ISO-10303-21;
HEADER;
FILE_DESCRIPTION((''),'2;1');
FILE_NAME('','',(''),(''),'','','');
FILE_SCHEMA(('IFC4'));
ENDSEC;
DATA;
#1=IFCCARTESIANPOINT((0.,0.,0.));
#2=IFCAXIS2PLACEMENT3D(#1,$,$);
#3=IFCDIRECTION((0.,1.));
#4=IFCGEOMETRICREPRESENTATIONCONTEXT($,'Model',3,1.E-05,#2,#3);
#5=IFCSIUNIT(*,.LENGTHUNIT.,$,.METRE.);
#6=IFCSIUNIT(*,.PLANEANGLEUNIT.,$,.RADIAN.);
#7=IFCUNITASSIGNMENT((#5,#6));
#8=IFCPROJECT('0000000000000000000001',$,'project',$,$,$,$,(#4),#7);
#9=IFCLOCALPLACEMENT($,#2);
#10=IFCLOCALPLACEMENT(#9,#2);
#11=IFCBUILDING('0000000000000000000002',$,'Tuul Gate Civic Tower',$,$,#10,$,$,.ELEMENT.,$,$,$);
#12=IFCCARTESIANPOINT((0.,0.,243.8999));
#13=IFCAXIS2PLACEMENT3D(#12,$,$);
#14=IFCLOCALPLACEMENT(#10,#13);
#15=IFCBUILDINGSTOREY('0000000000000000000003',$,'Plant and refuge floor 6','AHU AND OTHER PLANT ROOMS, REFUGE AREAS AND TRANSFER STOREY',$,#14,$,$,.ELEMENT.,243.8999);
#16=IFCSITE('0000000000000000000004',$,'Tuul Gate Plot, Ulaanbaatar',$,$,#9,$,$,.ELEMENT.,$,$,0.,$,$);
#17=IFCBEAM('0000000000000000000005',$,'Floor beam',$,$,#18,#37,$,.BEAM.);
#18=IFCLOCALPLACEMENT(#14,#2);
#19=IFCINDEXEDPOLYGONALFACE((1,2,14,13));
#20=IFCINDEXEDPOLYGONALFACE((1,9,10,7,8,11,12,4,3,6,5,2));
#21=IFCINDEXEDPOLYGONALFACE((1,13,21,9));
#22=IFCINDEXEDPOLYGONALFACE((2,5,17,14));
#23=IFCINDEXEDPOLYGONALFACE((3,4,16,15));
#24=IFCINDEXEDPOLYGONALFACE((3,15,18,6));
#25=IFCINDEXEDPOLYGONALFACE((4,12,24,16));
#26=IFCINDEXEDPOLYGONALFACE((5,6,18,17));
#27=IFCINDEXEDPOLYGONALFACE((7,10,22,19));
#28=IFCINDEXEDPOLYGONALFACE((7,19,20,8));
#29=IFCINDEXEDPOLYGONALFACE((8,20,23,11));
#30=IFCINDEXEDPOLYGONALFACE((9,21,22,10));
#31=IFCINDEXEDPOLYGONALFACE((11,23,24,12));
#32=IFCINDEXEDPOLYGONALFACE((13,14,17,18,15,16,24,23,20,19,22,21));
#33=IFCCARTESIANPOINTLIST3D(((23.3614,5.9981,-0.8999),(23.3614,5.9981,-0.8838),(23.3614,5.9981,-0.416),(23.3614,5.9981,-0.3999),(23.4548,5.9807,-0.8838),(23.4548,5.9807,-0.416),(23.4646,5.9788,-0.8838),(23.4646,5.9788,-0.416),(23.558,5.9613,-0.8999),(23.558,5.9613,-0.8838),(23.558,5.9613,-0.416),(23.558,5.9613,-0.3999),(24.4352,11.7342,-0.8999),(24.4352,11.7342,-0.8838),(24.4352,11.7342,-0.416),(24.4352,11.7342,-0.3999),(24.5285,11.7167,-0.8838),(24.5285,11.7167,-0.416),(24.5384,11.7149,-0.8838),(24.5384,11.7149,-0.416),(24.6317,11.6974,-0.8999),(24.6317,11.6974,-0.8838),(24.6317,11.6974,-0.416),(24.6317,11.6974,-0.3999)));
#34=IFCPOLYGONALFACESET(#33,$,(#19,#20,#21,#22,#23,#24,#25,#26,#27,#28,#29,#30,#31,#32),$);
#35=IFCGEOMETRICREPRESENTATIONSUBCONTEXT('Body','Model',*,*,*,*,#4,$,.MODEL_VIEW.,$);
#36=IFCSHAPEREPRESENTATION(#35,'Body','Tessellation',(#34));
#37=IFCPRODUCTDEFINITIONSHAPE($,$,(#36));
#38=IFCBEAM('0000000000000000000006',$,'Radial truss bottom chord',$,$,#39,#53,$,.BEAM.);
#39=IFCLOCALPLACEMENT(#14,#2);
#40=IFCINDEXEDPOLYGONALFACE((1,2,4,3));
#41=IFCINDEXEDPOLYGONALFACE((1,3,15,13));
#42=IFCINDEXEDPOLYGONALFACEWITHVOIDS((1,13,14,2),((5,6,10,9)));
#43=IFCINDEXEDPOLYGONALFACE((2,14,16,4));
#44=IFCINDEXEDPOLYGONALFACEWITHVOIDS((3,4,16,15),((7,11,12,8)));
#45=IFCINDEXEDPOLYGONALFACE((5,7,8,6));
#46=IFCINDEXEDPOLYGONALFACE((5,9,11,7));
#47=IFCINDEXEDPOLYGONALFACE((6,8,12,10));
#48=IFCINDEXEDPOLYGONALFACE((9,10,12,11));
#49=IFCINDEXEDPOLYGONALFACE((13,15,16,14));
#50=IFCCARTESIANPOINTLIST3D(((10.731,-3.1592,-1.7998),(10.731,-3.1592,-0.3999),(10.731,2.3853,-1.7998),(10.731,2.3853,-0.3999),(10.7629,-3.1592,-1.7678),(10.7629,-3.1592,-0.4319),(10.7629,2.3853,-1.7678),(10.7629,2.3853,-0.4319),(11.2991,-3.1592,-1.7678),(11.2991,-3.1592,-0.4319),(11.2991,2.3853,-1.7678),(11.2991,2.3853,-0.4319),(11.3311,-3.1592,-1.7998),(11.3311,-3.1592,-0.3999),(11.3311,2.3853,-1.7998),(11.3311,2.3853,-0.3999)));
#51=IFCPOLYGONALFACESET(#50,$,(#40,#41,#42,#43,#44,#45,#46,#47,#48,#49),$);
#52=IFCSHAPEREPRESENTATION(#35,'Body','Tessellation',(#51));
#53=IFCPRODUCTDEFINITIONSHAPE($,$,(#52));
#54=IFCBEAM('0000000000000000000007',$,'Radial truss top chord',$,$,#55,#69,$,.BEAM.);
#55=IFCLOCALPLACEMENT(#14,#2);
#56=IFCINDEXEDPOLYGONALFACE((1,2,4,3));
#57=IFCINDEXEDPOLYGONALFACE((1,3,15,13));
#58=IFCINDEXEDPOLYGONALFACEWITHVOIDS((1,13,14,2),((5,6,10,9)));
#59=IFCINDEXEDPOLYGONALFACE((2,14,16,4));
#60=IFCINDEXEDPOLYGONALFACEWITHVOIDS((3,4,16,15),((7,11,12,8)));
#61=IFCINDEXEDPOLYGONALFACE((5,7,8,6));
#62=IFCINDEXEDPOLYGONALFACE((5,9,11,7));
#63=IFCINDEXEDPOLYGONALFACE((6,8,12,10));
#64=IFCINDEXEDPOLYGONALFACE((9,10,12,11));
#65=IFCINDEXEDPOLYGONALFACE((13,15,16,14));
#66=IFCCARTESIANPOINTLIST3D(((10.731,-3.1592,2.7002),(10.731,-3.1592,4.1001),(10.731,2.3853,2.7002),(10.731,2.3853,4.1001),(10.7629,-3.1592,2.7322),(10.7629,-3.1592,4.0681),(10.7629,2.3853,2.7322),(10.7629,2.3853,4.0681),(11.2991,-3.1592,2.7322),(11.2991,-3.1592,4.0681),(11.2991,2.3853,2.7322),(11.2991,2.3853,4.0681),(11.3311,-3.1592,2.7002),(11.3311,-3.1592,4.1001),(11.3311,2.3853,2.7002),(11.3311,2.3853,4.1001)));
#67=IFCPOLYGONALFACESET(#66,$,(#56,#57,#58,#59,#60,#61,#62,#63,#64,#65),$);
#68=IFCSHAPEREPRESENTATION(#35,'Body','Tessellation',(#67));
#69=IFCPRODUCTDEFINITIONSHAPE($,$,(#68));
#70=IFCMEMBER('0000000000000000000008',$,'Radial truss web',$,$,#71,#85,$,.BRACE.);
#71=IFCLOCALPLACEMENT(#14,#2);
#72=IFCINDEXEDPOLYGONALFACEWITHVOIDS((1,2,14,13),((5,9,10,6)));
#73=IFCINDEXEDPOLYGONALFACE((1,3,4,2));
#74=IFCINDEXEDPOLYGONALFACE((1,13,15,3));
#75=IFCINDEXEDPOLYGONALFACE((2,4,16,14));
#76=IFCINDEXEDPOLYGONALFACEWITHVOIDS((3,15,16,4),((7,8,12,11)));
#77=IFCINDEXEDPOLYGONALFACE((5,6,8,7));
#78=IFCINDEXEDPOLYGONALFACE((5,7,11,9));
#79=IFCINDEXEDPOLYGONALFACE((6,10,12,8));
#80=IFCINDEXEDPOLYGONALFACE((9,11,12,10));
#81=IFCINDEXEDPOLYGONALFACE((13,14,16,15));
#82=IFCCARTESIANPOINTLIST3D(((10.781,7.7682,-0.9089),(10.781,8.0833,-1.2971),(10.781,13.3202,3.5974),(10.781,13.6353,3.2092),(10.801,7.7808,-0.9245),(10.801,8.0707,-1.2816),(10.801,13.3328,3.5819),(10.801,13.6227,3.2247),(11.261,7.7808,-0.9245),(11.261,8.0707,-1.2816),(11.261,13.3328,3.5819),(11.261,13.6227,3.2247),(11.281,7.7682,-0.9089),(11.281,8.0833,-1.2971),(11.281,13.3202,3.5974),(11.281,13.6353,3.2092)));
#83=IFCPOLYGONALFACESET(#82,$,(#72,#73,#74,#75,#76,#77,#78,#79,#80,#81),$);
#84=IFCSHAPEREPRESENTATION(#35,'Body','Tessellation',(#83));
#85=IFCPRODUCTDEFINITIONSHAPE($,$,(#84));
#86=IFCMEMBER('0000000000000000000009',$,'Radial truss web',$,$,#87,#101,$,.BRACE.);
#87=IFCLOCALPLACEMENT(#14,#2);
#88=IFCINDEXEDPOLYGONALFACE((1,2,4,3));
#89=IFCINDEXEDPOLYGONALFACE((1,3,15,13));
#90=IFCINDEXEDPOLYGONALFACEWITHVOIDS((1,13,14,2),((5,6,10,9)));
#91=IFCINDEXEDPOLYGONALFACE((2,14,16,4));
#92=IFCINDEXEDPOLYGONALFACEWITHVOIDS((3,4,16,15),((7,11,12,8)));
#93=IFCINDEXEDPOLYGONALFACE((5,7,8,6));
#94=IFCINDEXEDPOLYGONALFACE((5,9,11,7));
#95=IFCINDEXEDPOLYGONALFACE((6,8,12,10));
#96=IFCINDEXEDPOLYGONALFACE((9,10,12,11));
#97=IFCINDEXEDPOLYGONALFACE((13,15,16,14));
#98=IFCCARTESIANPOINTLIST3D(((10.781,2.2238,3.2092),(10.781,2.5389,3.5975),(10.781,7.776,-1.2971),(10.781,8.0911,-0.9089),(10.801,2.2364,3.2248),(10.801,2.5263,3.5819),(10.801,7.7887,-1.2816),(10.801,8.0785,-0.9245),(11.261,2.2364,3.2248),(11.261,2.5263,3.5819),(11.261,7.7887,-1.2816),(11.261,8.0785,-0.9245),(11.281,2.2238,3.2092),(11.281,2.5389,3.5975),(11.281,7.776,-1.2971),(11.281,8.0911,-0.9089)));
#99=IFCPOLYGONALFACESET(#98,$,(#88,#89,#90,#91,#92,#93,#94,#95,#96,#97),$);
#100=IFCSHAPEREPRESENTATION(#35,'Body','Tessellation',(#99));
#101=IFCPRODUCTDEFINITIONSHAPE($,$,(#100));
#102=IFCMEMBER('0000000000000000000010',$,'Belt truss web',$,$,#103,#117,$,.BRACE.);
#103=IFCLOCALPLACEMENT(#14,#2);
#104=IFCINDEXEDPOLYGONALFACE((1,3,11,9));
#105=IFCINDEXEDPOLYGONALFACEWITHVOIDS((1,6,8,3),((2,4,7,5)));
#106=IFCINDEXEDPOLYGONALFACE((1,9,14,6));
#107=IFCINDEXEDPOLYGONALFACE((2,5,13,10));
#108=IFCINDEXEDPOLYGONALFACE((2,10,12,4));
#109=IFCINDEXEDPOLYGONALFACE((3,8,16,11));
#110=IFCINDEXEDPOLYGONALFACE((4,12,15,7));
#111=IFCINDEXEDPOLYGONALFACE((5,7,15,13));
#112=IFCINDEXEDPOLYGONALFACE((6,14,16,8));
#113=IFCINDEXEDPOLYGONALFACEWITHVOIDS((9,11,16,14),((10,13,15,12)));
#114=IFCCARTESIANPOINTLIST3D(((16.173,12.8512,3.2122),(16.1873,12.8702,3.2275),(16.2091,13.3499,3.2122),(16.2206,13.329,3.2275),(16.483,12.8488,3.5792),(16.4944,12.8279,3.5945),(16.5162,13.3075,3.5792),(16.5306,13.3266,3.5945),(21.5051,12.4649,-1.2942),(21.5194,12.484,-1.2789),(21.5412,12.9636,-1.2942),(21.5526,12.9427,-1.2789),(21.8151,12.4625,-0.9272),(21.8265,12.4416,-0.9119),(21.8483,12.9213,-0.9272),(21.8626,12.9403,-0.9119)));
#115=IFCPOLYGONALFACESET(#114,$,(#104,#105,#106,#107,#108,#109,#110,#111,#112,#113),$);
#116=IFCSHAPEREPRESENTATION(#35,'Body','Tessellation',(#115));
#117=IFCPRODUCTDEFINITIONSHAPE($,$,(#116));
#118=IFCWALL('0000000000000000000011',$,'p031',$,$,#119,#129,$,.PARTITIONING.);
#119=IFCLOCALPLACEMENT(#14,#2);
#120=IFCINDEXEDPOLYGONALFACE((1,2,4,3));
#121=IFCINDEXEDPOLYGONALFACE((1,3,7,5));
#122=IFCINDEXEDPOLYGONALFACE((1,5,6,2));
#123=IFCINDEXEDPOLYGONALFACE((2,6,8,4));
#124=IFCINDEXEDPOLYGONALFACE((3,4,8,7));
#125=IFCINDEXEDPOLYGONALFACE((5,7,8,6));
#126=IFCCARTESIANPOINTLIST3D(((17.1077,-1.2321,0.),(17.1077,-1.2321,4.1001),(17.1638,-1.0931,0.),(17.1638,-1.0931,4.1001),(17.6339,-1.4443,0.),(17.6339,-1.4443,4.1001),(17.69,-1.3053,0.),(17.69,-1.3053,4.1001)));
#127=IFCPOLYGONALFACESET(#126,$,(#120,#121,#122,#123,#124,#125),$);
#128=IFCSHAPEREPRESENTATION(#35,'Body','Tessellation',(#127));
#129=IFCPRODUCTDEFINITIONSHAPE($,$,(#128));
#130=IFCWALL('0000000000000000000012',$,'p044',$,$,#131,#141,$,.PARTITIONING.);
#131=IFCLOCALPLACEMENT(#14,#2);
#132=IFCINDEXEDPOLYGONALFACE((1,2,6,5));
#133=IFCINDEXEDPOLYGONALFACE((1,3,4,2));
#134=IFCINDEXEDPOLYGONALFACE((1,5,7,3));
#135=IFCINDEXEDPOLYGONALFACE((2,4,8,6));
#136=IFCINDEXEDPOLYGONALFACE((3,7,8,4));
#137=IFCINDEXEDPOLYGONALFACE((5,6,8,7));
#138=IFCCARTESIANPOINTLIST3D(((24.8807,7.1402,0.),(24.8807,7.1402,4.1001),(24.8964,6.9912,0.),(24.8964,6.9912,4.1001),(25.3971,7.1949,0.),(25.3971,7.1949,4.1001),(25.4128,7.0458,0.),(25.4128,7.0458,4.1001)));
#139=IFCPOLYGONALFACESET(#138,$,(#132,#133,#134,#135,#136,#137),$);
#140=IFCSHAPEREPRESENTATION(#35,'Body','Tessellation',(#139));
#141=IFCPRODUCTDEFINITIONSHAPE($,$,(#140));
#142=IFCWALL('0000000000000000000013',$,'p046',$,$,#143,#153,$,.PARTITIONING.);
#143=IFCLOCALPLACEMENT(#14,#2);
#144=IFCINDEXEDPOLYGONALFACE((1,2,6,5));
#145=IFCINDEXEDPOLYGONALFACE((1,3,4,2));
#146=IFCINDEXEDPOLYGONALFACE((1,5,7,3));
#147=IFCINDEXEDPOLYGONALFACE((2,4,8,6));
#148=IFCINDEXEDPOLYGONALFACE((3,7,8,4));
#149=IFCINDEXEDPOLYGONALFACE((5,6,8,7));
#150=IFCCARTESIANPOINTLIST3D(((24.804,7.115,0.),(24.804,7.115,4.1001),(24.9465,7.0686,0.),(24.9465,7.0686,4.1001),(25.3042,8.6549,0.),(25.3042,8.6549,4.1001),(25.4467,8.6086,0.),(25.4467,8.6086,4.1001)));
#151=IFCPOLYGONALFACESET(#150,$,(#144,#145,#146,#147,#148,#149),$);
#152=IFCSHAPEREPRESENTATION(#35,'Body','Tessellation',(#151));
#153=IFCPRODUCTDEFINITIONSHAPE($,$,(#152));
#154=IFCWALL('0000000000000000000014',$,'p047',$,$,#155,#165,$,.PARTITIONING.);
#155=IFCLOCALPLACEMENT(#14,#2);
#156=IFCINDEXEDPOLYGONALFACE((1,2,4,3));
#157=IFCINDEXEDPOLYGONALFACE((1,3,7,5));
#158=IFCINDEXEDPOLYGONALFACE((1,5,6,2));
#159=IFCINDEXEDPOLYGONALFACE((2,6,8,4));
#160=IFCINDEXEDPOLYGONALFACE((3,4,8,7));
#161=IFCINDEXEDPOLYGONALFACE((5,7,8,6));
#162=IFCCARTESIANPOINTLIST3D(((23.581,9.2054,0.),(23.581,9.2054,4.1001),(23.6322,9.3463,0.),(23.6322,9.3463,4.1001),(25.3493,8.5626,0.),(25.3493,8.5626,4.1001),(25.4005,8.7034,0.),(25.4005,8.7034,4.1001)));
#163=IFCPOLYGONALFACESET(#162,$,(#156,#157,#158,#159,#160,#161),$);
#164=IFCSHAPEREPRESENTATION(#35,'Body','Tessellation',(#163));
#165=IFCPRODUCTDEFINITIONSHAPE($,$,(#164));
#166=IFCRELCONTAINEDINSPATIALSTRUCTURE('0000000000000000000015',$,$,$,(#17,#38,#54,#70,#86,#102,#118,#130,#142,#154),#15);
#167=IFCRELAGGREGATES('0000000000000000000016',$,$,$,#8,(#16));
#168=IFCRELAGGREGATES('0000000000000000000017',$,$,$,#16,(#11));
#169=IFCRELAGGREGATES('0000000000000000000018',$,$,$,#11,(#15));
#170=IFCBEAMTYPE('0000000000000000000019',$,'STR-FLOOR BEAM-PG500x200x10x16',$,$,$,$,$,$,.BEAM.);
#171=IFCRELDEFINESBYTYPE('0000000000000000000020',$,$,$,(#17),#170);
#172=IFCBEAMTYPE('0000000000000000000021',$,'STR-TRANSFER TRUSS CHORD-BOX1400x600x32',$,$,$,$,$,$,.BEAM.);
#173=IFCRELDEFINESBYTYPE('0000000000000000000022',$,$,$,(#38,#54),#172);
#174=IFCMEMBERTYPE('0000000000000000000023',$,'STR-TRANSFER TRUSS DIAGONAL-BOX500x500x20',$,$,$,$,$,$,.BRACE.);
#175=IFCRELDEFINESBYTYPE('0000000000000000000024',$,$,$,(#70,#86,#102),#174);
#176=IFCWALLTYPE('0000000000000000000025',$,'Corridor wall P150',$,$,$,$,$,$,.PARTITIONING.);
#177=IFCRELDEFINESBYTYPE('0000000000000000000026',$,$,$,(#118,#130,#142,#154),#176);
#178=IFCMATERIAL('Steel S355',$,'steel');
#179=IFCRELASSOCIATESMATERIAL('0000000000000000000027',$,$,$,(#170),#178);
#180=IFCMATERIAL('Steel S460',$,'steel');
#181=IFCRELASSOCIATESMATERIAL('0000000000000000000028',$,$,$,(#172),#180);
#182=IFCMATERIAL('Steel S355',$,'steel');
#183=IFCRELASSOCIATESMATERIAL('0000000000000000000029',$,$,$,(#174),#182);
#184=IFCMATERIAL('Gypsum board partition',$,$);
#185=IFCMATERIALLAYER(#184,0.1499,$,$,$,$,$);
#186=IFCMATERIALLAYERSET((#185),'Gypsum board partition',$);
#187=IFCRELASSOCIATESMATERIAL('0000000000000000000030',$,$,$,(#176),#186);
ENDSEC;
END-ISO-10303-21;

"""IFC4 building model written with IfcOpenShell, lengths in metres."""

from ifc_helpers import new_model, si_unit, direction, frame, frame_2d, origin, origin_2d, place, context, subcontext, project, spatial, rectangle, hollow_rectangle, i_section, extrude, material, layer, layer_set, material_profile, profile_set, type_object, element, save


model = new_model("IFC4")

# Units and contexts
model_context = context("Model", 3, precision=1e-05, world=origin(), true_north=direction((0.0, 1.0)))
body_context = subcontext(model_context, "Body", "Model", "MODEL_VIEW")
ifc_project = project(units=[si_unit("LENGTHUNIT", "METRE"), si_unit("PLANEANGLEUNIT", "RADIAN")], contexts=[model_context])

# Site, building, storey
site_placement = place(None, origin())
site = spatial("IfcSite", under=ifc_project, at=site_placement, Name="Tuul Gate Plot, Ulaanbaatar", CompositionType="ELEMENT", RefElevation=0.0)
building_placement = place(site_placement, origin())
building = spatial("IfcBuilding", under=site, at=building_placement, Name="Tuul Gate Civic Tower", CompositionType="ELEMENT")
storey_placement = place(building_placement, frame((0.0, 0.0, 243.8999)))
storey = spatial("IfcBuildingStorey", under=building, at=storey_placement, Name="Plant and refuge floor 6", Description="AHU AND OTHER PLANT ROOMS, REFUGE AREAS AND TRANSFER STOREY", CompositionType="ELEMENT", Elevation=243.8999)

# Beams
ifc_material_1 = material(Name="Steel S355", Category="steel")
ifc_material_profile_1 = material_profile(ifc_material_1, i_section(OverallWidth=0.2, OverallDepth=0.5, WebThickness=0.01, FlangeThickness=0.0161, at=origin_2d()), Name="PG500x200x10x16")
ifc_profile_set_1 = profile_set([ifc_material_profile_1], Name="Steel S355")
beam_type_1 = type_object("IfcBeamType", Name="STR-FLOOR BEAM-PG500x200x10x16", PredefinedType="BEAM", material=ifc_profile_set_1)
beam_placement = place(storey_placement, frame((23.4597, 5.9797, -0.6499), z_axis=(0.183993, 0.982928, 0.0), x_axis=(-0.982928, 0.183993, 0.0)))
element("IfcBeam", 1, at=beam_placement, inside=storey, type_object=beam_type_1, Name="Floor beam", PredefinedType="BEAM", context=body_context, shape_type="SweptSolid", body=[
    extrude(i_section(OverallWidth=0.2, OverallDepth=0.5, WebThickness=0.01, FlangeThickness=0.0161, at=origin_2d()), origin(), (0.0, 0.0, 1.0), 5.8357),
])
ifc_material_2 = material(Name="Steel S460", Category="steel")
ifc_material_profile_2 = material_profile(ifc_material_2, hollow_rectangle(XDim=0.6001, YDim=1.3999, WallThickness=0.032, at=origin_2d()), Name="BOX1400x600x32")
ifc_profile_set_2 = profile_set([ifc_material_profile_2], Name="Steel S460")
beam_type_2 = type_object("IfcBeamType", Name="STR-TRANSFER TRUSS CHORD-BOX1400x600x32", PredefinedType="BEAM", material=ifc_profile_set_2)
for number, where, z_axis, x_axis, name in (
    (2, (11.031, 2.3853, -1.0999), (0.0, -1.0, 0.0), (1.0, 0.0, 0.0), "Radial truss bottom chord"),
    (3, (11.031, 2.3853, 3.4001), (0.0, -1.0, 0.0), (1.0, 0.0, 0.0), "Radial truss top chord"),
):
    element("IfcBeam", number, at=place(storey_placement, frame(where, z_axis=z_axis, x_axis=x_axis)), inside=storey, type_object=beam_type_2, Name=name, PredefinedType="BEAM", context=body_context, shape_type="SweptSolid", body=[
        extrude(hollow_rectangle(XDim=0.6001, YDim=1.3999, WallThickness=0.032, at=origin_2d()), origin(), (0.0, 0.0, 1.0), 5.5444),
    ])

# Members
ifc_material_3 = material(Name="Steel S355", Category="steel")
ifc_material_profile_3 = material_profile(ifc_material_3, hollow_rectangle(XDim=0.5, YDim=0.5, WallThickness=0.02, at=origin_2d()), Name="BOX500x500x20")
ifc_profile_set_3 = profile_set([ifc_material_profile_3], Name="Steel S355")
member_type = type_object("IfcMemberType", Name="STR-TRANSFER TRUSS DIAGONAL-BOX500x500x20", PredefinedType="BRACE", material=ifc_profile_set_3)
member_1_placement = place(storey_placement, frame((11.031, 7.9258, -1.103), z_axis=(0.0, 0.776432, 0.630201), x_axis=(-1.0, 0.0, 0.0)))
element("IfcMember", 4, at=member_1_placement, inside=storey, type_object=member_type, Name="Radial truss web", PredefinedType="BRACE", context=body_context, shape_type="SweptSolid", body=[
    extrude(hollow_rectangle(XDim=0.5, YDim=0.5, WallThickness=0.02, at=origin_2d()), origin(), (0.0, 0.0, 1.0), 7.1506),
])
member_2_placement = place(storey_placement, frame((11.031, 7.9336, -1.103), z_axis=(0.0, -0.776446, 0.630184), x_axis=(1.0, 0.0, 0.0)))
element("IfcMember", 5, at=member_2_placement, inside=storey, type_object=member_type, Name="Radial truss web", PredefinedType="BRACE", context=body_context, shape_type="SweptSolid", body=[
    extrude(hollow_rectangle(XDim=0.5, YDim=0.5, WallThickness=0.02, at=origin_2d()), origin(), (0.0, 0.0, 1.0), 7.1509),
])
member_3_placement = place(storey_placement, frame((21.6838, 12.7026, -1.103), z_axis=(-0.762599, 0.05524, 0.644508), x_axis=(-0.072247, -0.997387, 0.0)))
element("IfcMember", 6, at=member_3_placement, inside=storey, type_object=member_type, Name="Belt truss web", PredefinedType="BRACE", context=body_context, shape_type="SweptSolid", body=[
    extrude(hollow_rectangle(XDim=0.5, YDim=0.5, WallThickness=0.02, at=origin_2d()), origin(), (0.0, 0.0, 1.0), 6.9919),
])

# Walls
ifc_material_4 = material(Name="Gypsum board partition")
ifc_layer_1 = layer(ifc_material_4, 0.1499)
ifc_layer_set_1 = layer_set([ifc_layer_1], Name="Gypsum board partition")
wall_type_1 = type_object("IfcWallType", Name="Corridor wall P150", PredefinedType="PARTITIONING", material=ifc_layer_set_1)
wall_1_placement = place(storey_placement, frame((17.1357, -1.1626, 0.0), z_axis=(0.0, 0.0, 1.0), x_axis=(0.927434, -0.373986, 0.0)))
element("IfcWall", 7, at=wall_1_placement, inside=storey, type_object=wall_type_1, Name="p031", PredefinedType="PARTITIONING", context=body_context, shape_type="SweptSolid", body=[
    extrude(rectangle(XDim=0.5674, YDim=0.1499, at=frame_2d((0.2837, 0.0))), origin(), (0.0, 0.0, 1.0), 4.1001),
])
wall_2_placement = place(storey_placement, frame((24.8884, 7.0657, 0.0), z_axis=(0.0, 0.0, 1.0), x_axis=(0.994438, 0.105321, 0.0)))
element("IfcWall", 8, at=wall_2_placement, inside=storey, type_object=wall_type_1, Name="p044", PredefinedType="PARTITIONING", context=body_context, shape_type="SweptSolid", body=[
    extrude(rectangle(XDim=0.5193, YDim=0.1499, at=frame_2d((0.2598, 0.0))), origin(), (0.0, 0.0, 1.0), 4.1001),
])
wall_3_placement = place(storey_placement, frame((24.8752, 7.0918, 0.0), z_axis=(0.0, 0.0, 1.0), x_axis=(0.308936, 0.951083, 0.0)))
element("IfcWall", 9, at=wall_3_placement, inside=storey, type_object=wall_type_1, Name="p046", PredefinedType="PARTITIONING", context=body_context, shape_type="SweptSolid", body=[
    extrude(rectangle(XDim=1.6191, YDim=0.1499, at=frame_2d((0.8096, 0.0))), origin(), (0.0, 0.0, 1.0), 4.1001),
])
wall_4_placement = place(storey_placement, frame((23.6064, 9.2759, 0.0), z_axis=(0.0, 0.0, 1.0), x_axis=(0.939828, -0.341649, 0.0)))
element("IfcWall", 10, at=wall_4_placement, inside=storey, type_object=wall_type_1, Name="p047", PredefinedType="PARTITIONING", context=body_context, shape_type="SweptSolid", body=[
    extrude(rectangle(XDim=1.8816, YDim=0.1499, at=frame_2d((0.9409, 0.0))), origin(), (0.0, 0.0, 1.0), 4.1001),
])

save(model, "model.ifc")
